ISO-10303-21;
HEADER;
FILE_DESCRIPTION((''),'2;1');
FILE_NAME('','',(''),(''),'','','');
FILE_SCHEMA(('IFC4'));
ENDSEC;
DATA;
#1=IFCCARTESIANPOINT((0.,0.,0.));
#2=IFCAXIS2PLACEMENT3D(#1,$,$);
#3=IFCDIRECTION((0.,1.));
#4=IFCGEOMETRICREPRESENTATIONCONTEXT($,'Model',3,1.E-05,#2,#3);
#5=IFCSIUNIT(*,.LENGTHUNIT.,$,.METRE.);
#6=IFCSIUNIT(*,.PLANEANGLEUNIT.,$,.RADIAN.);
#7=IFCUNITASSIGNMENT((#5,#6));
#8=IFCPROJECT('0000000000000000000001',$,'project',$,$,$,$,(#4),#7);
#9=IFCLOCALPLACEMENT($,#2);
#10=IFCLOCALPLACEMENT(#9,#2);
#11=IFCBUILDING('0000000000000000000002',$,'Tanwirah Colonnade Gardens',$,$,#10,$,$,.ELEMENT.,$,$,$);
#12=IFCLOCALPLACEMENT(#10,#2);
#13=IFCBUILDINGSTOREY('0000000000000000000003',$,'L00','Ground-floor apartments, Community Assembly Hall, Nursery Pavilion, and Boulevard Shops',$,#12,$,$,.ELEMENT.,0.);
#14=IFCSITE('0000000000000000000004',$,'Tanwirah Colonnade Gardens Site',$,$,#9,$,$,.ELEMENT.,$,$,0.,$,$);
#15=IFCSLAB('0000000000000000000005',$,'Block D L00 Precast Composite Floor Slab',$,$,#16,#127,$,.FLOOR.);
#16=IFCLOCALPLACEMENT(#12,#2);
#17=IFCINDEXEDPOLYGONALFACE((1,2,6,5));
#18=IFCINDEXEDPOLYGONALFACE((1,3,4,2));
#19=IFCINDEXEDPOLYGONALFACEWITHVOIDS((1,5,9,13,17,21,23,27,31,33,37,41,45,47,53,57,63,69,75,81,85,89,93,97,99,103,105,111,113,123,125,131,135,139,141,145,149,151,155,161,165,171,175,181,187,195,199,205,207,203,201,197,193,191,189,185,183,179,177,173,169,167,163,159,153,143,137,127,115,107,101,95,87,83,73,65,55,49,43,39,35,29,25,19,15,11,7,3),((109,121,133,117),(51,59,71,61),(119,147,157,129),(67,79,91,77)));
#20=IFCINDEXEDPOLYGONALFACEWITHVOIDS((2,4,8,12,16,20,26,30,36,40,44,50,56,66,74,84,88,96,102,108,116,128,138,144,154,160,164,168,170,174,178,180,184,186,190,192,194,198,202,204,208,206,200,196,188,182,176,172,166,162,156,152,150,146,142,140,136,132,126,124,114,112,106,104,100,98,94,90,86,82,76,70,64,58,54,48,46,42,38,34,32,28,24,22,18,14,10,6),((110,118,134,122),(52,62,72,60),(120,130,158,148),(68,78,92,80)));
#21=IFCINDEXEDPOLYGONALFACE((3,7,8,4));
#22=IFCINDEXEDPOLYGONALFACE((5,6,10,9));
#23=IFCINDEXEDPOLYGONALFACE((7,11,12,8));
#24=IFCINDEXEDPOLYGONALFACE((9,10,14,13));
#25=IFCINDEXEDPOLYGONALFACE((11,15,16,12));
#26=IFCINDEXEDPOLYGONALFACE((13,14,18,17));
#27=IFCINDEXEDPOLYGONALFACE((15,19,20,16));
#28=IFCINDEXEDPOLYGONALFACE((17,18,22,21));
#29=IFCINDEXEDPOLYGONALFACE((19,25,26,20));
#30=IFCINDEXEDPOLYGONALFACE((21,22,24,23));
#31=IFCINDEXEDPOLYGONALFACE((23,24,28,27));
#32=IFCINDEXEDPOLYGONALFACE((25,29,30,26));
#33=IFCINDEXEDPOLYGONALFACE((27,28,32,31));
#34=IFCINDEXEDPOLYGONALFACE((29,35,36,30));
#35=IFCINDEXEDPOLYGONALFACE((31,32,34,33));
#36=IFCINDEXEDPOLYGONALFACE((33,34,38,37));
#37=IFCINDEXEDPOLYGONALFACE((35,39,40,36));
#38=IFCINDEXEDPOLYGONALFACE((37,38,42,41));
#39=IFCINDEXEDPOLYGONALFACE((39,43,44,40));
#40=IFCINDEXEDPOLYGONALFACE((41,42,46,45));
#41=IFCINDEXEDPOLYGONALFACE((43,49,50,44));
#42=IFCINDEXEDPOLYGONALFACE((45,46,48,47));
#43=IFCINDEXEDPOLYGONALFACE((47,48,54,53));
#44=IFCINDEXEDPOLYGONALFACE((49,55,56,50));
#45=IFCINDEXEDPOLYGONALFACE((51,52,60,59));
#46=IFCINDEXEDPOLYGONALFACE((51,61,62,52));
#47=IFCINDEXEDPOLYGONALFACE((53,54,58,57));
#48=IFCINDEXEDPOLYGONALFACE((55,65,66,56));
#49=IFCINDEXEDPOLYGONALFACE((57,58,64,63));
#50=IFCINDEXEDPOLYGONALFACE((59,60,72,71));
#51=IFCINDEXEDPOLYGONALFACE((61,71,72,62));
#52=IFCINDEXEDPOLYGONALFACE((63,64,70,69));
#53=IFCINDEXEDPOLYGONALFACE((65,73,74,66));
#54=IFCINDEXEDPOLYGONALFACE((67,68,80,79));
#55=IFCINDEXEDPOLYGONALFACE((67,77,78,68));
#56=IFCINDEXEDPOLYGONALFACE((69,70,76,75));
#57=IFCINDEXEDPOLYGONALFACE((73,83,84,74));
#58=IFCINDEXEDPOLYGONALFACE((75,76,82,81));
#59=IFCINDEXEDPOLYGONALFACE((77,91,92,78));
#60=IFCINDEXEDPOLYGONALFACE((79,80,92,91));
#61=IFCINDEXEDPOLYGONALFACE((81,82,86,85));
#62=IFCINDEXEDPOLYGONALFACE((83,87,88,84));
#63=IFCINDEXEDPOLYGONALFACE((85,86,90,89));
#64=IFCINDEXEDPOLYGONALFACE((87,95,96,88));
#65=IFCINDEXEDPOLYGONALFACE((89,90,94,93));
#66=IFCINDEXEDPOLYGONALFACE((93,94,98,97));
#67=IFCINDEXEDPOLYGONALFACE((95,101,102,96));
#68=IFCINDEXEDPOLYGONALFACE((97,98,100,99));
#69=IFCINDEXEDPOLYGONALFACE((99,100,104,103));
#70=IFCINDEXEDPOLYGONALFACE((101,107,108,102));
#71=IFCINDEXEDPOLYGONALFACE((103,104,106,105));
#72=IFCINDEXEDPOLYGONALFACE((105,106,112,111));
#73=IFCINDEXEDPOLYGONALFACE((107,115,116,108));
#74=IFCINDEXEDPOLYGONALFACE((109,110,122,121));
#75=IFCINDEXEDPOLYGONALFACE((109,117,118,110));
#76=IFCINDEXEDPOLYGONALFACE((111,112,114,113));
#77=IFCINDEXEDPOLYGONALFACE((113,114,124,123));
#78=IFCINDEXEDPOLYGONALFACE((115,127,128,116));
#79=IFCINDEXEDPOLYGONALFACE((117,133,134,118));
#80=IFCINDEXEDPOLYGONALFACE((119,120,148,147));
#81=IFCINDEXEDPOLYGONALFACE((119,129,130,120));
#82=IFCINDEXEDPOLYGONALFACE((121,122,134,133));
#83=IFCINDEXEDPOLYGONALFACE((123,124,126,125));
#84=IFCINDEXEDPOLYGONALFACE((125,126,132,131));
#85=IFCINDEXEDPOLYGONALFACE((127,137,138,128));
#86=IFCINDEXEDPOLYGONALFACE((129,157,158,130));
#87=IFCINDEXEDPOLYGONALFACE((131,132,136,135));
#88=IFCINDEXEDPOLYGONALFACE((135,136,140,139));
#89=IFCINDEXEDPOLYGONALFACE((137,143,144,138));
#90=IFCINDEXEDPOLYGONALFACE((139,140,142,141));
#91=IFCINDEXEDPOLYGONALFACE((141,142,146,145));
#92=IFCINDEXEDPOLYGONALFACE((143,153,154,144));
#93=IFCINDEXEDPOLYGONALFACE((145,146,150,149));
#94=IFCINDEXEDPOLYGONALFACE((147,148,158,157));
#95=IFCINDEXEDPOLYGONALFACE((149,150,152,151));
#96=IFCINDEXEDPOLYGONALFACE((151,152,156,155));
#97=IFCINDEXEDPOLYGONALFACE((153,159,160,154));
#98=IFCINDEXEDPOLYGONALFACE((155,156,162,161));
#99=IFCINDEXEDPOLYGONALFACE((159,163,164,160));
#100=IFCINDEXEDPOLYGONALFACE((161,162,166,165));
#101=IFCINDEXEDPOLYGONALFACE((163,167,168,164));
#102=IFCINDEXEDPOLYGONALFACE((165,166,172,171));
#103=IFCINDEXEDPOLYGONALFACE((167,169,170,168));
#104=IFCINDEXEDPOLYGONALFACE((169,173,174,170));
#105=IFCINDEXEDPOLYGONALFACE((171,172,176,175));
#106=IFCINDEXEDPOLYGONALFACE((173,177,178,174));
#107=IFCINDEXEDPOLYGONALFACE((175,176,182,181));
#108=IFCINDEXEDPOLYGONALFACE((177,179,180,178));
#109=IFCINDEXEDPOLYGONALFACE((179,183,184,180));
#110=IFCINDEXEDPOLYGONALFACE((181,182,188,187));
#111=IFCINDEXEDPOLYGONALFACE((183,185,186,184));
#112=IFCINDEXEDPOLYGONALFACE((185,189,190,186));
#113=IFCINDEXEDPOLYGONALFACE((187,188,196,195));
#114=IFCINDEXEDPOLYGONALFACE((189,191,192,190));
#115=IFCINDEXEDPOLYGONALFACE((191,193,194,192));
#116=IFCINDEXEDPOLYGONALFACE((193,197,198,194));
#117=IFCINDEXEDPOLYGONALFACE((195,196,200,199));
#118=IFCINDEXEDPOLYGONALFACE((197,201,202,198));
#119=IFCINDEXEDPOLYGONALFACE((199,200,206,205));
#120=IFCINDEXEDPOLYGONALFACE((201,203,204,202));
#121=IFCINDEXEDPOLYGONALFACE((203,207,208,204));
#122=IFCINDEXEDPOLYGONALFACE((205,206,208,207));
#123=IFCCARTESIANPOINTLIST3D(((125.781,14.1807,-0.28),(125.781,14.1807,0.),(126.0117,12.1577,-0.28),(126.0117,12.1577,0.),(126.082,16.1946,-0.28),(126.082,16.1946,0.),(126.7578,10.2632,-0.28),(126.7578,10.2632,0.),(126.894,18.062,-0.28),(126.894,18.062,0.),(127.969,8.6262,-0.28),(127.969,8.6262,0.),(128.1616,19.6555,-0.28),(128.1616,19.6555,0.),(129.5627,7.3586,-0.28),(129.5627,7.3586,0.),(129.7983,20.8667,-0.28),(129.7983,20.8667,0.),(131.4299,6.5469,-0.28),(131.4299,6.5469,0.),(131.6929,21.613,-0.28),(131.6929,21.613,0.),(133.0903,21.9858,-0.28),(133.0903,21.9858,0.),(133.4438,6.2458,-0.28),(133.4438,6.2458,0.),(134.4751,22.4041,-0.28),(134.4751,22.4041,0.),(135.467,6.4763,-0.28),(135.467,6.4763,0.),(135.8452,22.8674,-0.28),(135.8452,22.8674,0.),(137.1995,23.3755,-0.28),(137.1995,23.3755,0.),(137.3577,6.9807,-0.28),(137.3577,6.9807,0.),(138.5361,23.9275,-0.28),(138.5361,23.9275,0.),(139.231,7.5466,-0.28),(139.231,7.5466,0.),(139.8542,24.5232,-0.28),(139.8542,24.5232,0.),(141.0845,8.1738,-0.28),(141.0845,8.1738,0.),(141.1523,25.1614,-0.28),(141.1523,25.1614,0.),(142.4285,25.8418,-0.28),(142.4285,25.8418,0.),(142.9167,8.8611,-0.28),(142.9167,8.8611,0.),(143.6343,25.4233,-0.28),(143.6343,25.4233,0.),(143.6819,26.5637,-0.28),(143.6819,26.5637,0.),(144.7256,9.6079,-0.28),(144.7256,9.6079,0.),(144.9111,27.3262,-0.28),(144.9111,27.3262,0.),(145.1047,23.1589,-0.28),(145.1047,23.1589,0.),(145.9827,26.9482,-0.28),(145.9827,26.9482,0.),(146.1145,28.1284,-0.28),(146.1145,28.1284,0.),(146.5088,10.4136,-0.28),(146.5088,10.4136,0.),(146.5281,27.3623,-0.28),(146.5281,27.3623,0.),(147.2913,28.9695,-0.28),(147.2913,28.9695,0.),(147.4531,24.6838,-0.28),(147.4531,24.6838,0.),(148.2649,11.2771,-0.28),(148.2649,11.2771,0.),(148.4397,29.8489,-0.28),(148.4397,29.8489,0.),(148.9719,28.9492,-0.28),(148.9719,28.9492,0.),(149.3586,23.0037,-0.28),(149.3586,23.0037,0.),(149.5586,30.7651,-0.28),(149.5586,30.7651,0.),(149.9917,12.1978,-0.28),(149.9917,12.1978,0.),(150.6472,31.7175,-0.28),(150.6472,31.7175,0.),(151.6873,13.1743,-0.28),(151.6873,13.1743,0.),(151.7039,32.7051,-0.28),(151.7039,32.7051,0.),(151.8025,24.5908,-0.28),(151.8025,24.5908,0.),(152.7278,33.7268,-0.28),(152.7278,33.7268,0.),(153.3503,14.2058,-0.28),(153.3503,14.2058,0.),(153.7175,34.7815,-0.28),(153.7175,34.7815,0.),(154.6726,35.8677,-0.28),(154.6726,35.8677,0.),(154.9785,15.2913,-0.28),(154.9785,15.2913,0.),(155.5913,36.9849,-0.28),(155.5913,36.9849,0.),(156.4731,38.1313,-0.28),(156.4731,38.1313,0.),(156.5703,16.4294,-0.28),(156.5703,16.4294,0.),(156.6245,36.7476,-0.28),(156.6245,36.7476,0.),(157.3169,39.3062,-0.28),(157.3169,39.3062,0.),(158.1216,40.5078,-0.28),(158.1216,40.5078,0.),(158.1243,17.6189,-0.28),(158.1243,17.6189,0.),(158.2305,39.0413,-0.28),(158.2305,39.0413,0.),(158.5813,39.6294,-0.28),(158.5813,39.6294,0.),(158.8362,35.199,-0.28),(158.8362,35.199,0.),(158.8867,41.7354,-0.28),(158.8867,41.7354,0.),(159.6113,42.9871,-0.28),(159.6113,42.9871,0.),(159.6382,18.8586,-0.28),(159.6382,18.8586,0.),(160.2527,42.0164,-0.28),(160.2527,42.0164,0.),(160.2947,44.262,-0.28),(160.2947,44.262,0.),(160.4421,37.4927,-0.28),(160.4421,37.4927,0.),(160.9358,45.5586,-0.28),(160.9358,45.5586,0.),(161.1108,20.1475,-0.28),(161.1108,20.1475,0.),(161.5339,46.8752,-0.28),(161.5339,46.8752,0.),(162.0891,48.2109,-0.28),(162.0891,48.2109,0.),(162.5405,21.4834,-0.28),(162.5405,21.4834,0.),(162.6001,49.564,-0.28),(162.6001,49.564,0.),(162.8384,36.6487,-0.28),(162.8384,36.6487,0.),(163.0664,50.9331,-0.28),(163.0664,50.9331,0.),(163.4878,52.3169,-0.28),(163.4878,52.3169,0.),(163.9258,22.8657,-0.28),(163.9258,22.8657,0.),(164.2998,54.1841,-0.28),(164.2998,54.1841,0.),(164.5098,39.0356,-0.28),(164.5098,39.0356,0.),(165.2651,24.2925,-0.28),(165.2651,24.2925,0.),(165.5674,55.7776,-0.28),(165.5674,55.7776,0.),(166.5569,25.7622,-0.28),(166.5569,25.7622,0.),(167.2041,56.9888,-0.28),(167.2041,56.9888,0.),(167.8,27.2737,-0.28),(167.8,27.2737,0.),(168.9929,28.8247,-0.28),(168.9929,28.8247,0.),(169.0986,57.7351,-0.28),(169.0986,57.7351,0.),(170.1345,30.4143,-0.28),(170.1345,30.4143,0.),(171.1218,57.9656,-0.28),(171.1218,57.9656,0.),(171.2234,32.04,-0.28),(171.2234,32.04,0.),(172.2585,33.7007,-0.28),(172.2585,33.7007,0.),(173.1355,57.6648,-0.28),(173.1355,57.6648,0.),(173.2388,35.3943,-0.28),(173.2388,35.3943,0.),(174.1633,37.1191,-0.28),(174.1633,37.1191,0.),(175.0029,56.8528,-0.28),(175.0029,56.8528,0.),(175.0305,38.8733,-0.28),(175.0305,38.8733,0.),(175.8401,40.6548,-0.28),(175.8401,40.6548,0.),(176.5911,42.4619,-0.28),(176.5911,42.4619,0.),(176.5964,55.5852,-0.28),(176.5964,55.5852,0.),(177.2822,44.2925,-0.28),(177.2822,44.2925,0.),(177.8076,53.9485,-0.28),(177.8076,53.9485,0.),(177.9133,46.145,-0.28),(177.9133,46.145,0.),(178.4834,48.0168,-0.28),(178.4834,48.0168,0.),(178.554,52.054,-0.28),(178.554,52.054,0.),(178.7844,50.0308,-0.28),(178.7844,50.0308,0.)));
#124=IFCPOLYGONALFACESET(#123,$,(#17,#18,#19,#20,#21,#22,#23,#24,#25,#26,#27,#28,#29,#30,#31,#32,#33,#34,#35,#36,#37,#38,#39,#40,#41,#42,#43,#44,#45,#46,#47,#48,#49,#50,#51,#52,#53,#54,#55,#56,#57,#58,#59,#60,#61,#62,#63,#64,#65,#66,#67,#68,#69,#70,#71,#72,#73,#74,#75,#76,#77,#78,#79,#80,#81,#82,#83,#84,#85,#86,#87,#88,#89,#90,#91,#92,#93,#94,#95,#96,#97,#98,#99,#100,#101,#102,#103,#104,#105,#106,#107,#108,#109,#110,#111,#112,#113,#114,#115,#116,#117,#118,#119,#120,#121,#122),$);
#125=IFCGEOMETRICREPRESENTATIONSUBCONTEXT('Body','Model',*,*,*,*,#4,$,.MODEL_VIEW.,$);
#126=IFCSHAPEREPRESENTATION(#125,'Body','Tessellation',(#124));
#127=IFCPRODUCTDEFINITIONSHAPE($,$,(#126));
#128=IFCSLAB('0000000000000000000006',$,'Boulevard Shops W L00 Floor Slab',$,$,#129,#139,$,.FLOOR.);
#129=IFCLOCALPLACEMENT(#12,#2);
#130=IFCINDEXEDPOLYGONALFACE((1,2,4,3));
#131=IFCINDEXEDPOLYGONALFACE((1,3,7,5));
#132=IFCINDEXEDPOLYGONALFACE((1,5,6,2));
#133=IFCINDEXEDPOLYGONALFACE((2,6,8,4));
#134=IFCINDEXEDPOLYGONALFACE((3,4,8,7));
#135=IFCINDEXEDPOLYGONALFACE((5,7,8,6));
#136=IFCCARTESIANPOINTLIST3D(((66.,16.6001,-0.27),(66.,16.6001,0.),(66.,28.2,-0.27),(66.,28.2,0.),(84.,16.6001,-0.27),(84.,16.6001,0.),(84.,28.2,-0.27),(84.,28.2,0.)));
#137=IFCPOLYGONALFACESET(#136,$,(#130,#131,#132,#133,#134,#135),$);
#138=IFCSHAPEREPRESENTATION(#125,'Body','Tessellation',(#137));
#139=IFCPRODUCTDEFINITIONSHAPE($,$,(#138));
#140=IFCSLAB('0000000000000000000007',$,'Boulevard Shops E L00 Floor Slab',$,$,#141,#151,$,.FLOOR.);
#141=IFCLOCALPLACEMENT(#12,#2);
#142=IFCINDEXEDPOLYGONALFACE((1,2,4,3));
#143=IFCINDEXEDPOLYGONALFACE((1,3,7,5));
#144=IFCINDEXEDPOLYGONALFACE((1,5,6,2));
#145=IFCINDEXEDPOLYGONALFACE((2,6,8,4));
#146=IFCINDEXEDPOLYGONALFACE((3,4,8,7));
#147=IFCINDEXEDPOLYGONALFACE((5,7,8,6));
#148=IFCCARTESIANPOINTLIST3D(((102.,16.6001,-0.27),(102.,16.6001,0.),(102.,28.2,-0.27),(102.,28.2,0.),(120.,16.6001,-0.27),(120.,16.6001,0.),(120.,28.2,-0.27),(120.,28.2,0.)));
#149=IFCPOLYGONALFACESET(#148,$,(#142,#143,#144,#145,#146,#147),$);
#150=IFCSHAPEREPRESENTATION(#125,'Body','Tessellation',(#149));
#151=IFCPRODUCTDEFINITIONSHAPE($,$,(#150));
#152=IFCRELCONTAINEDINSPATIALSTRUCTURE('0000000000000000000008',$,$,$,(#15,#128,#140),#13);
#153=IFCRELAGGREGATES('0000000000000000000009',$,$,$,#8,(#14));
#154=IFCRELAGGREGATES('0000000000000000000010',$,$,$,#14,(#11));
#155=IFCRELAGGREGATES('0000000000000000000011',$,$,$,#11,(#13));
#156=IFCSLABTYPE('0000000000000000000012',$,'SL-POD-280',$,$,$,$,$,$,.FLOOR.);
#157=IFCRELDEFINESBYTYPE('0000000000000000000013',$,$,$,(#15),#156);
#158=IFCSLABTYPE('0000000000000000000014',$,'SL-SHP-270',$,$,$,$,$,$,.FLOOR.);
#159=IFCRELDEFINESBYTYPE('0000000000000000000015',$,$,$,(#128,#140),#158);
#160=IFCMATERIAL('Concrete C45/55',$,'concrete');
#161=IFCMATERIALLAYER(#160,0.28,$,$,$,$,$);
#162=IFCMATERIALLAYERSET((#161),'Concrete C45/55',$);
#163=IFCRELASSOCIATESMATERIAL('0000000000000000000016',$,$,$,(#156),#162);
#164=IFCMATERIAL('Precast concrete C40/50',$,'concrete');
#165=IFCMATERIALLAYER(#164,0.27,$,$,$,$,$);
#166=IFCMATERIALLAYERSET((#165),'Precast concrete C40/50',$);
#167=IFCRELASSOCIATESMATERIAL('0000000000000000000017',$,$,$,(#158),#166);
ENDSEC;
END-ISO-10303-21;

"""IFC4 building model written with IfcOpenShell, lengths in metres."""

from ifc_helpers import new_model, si_unit, direction, frame, origin, place, context, subcontext, project, spatial, polyline, outline, extrude, material, layer, layer_set, type_object, element, save


model = new_model("IFC4")

# Units and contexts
model_context = context("Model", 3, precision=1e-05, world=origin(), true_north=direction((0.0, 1.0)))
body_context = subcontext(model_context, "Body", "Model", "MODEL_VIEW")
ifc_project = project(units=[si_unit("LENGTHUNIT", "METRE"), si_unit("PLANEANGLEUNIT", "RADIAN")], contexts=[model_context])

# Site, building, storey
site_placement = place(None, origin())
site = spatial("IfcSite", under=ifc_project, at=site_placement, Name="Tanwirah Colonnade Gardens Site", CompositionType="ELEMENT", RefElevation=0.0)
building_placement = place(site_placement, origin())
building = spatial("IfcBuilding", under=site, at=building_placement, Name="Tanwirah Colonnade Gardens", CompositionType="ELEMENT")
storey_placement = place(building_placement, origin())
storey = spatial("IfcBuildingStorey", under=building, at=storey_placement, Name="L00", Description="Ground-floor apartments, Community Assembly Hall, Nursery Pavilion, and Boulevard Shops", CompositionType="ELEMENT", Elevation=0.0)

# Shared definitions
ifc_material_1 = material(Name="Precast concrete C40/50", Category="concrete")
ifc_material_2 = material(Name="Concrete C45/55", Category="concrete")

# Slabs
ifc_layer_1 = layer(ifc_material_2, 0.28)
ifc_layer_set_1 = layer_set([ifc_layer_1], Name="Concrete C45/55")
slab_type_1 = type_object("IfcSlabType", Name="SL-POD-280", PredefinedType="FLOOR", material=ifc_layer_set_1)
slab_1_placement = place(storey_placement, frame((0.0, 0.0, -0.28)))
element("IfcSlab", 1, at=slab_1_placement, inside=storey, type_object=slab_type_1, Name="Block D L00 Precast Composite Floor Slab", PredefinedType="FLOOR", context=body_context, shape_type="SweptSolid", body=[
    extrude(outline(polyline([(134.4751, 22.4041), (133.0903, 21.9858), (131.6929, 21.613), (129.7983, 20.8667), (128.1616, 19.6555), (126.894, 18.062), (126.082, 16.1946), (125.781, 14.1807), (126.0117, 12.1577), (126.7578, 10.2632), (127.969, 8.6262), (129.5627, 7.3586), (131.4299, 6.5469), (133.4438, 6.2458), (135.467, 6.4763), (137.3577, 6.9807), (139.231, 7.5466), (141.0845, 8.1738), (142.9167, 8.8611), (144.7256, 9.6079), (146.5088, 10.4136), (148.2649, 11.2771), (149.9917, 12.1978), (151.6873, 13.1743), (153.3503, 14.2058), (154.9785, 15.2913), (156.5703, 16.4294), (158.1243, 17.6189), (159.6382, 18.8586), (161.1108, 20.1475), (162.5405, 21.4834), (163.9258, 22.8657), (165.2651, 24.2925), (166.5569, 25.7622), (167.8, 27.2737), (168.9929, 28.8247), (170.1345, 30.4143), (171.2234, 32.04), (172.2585, 33.7007), (173.2388, 35.3943), (174.1633, 37.1191), (175.0305, 38.8733), (175.8401, 40.6548), (176.5911, 42.4619), (177.2822, 44.2925), (177.9133, 46.145), (178.4834, 48.0168), (178.7844, 50.0308), (178.554, 52.054), (177.8076, 53.9485), (176.5964, 55.5852), (175.0029, 56.8528), (173.1355, 57.6648), (171.1218, 57.9656), (169.0986, 57.7351), (167.2041, 56.9888), (165.5674, 55.7776), (164.2998, 54.1841), (163.4878, 52.3169), (163.0664, 50.9331), (162.6001, 49.564), (162.0891, 48.2109), (161.5339, 46.8752), (160.9358, 45.5586), (160.2947, 44.262), (159.6113, 42.9871), (158.8867, 41.7354), (158.1216, 40.5078), (157.3169, 39.3062), (156.4731, 38.1313), (155.5913, 36.9849), (154.6726, 35.8677), (153.7175, 34.7815), (152.7278, 33.7268), (151.7039, 32.7051), (150.6472, 31.7175), (149.5586, 30.7651), (148.4397, 29.8489), (147.2913, 28.9695), (146.1145, 28.1284), (144.9111, 27.3262), (143.6819, 26.5637), (142.4285, 25.8418), (141.1523, 25.1614), (139.8542, 24.5232), (138.5361, 23.9275), (137.1995, 23.3755), (135.8452, 22.8674), (134.4751, 22.4041)]), holes=[polyline([(149.3586, 23.0037), (146.5281, 27.3623), (148.9719, 28.9492), (151.8025, 24.5908), (149.3586, 23.0037)]), polyline([(143.6343, 25.4233), (145.9827, 26.9482), (147.4531, 24.6838), (145.1047, 23.1589), (143.6343, 25.4233)]), polyline([(160.2527, 42.0164), (164.5098, 39.0356), (162.8384, 36.6487), (158.5813, 39.6294), (160.2527, 42.0164)]), polyline([(160.4421, 37.4927), (158.8362, 35.199), (156.6245, 36.7476), (158.2305, 39.0413), (160.4421, 37.4927)])]), origin(), (0.0, 0.0, 1.0), 0.28),
])
ifc_layer_2 = layer(ifc_material_1, 0.27)
ifc_layer_set_2 = layer_set([ifc_layer_2], Name="Precast concrete C40/50")
slab_type_2 = type_object("IfcSlabType", Name="SL-SHP-270", PredefinedType="FLOOR", material=ifc_layer_set_2)
slab_2_placement = place(storey_placement, frame((0.0, 0.0, -0.27)))
element("IfcSlab", 2, at=slab_2_placement, inside=storey, type_object=slab_type_2, Name="Boulevard Shops W L00 Floor Slab", PredefinedType="FLOOR", context=body_context, shape_type="SweptSolid", body=[
    extrude(outline(polyline([(84.0, 16.6001), (84.0, 28.2), (66.0, 28.2), (66.0, 16.6001), (84.0, 16.6001)])), origin(), (0.0, 0.0, 1.0), 0.27),
])
slab_3_placement = place(storey_placement, frame((0.0, 0.0, -0.27)))
element("IfcSlab", 3, at=slab_3_placement, inside=storey, type_object=slab_type_2, Name="Boulevard Shops E L00 Floor Slab", PredefinedType="FLOOR", context=body_context, shape_type="SweptSolid", body=[
    extrude(outline(polyline([(120.0, 16.6001), (120.0, 28.2), (102.0, 28.2), (102.0, 16.6001), (120.0, 16.6001)])), origin(), (0.0, 0.0, 1.0), 0.27),
])

save(model, "model.ifc")
